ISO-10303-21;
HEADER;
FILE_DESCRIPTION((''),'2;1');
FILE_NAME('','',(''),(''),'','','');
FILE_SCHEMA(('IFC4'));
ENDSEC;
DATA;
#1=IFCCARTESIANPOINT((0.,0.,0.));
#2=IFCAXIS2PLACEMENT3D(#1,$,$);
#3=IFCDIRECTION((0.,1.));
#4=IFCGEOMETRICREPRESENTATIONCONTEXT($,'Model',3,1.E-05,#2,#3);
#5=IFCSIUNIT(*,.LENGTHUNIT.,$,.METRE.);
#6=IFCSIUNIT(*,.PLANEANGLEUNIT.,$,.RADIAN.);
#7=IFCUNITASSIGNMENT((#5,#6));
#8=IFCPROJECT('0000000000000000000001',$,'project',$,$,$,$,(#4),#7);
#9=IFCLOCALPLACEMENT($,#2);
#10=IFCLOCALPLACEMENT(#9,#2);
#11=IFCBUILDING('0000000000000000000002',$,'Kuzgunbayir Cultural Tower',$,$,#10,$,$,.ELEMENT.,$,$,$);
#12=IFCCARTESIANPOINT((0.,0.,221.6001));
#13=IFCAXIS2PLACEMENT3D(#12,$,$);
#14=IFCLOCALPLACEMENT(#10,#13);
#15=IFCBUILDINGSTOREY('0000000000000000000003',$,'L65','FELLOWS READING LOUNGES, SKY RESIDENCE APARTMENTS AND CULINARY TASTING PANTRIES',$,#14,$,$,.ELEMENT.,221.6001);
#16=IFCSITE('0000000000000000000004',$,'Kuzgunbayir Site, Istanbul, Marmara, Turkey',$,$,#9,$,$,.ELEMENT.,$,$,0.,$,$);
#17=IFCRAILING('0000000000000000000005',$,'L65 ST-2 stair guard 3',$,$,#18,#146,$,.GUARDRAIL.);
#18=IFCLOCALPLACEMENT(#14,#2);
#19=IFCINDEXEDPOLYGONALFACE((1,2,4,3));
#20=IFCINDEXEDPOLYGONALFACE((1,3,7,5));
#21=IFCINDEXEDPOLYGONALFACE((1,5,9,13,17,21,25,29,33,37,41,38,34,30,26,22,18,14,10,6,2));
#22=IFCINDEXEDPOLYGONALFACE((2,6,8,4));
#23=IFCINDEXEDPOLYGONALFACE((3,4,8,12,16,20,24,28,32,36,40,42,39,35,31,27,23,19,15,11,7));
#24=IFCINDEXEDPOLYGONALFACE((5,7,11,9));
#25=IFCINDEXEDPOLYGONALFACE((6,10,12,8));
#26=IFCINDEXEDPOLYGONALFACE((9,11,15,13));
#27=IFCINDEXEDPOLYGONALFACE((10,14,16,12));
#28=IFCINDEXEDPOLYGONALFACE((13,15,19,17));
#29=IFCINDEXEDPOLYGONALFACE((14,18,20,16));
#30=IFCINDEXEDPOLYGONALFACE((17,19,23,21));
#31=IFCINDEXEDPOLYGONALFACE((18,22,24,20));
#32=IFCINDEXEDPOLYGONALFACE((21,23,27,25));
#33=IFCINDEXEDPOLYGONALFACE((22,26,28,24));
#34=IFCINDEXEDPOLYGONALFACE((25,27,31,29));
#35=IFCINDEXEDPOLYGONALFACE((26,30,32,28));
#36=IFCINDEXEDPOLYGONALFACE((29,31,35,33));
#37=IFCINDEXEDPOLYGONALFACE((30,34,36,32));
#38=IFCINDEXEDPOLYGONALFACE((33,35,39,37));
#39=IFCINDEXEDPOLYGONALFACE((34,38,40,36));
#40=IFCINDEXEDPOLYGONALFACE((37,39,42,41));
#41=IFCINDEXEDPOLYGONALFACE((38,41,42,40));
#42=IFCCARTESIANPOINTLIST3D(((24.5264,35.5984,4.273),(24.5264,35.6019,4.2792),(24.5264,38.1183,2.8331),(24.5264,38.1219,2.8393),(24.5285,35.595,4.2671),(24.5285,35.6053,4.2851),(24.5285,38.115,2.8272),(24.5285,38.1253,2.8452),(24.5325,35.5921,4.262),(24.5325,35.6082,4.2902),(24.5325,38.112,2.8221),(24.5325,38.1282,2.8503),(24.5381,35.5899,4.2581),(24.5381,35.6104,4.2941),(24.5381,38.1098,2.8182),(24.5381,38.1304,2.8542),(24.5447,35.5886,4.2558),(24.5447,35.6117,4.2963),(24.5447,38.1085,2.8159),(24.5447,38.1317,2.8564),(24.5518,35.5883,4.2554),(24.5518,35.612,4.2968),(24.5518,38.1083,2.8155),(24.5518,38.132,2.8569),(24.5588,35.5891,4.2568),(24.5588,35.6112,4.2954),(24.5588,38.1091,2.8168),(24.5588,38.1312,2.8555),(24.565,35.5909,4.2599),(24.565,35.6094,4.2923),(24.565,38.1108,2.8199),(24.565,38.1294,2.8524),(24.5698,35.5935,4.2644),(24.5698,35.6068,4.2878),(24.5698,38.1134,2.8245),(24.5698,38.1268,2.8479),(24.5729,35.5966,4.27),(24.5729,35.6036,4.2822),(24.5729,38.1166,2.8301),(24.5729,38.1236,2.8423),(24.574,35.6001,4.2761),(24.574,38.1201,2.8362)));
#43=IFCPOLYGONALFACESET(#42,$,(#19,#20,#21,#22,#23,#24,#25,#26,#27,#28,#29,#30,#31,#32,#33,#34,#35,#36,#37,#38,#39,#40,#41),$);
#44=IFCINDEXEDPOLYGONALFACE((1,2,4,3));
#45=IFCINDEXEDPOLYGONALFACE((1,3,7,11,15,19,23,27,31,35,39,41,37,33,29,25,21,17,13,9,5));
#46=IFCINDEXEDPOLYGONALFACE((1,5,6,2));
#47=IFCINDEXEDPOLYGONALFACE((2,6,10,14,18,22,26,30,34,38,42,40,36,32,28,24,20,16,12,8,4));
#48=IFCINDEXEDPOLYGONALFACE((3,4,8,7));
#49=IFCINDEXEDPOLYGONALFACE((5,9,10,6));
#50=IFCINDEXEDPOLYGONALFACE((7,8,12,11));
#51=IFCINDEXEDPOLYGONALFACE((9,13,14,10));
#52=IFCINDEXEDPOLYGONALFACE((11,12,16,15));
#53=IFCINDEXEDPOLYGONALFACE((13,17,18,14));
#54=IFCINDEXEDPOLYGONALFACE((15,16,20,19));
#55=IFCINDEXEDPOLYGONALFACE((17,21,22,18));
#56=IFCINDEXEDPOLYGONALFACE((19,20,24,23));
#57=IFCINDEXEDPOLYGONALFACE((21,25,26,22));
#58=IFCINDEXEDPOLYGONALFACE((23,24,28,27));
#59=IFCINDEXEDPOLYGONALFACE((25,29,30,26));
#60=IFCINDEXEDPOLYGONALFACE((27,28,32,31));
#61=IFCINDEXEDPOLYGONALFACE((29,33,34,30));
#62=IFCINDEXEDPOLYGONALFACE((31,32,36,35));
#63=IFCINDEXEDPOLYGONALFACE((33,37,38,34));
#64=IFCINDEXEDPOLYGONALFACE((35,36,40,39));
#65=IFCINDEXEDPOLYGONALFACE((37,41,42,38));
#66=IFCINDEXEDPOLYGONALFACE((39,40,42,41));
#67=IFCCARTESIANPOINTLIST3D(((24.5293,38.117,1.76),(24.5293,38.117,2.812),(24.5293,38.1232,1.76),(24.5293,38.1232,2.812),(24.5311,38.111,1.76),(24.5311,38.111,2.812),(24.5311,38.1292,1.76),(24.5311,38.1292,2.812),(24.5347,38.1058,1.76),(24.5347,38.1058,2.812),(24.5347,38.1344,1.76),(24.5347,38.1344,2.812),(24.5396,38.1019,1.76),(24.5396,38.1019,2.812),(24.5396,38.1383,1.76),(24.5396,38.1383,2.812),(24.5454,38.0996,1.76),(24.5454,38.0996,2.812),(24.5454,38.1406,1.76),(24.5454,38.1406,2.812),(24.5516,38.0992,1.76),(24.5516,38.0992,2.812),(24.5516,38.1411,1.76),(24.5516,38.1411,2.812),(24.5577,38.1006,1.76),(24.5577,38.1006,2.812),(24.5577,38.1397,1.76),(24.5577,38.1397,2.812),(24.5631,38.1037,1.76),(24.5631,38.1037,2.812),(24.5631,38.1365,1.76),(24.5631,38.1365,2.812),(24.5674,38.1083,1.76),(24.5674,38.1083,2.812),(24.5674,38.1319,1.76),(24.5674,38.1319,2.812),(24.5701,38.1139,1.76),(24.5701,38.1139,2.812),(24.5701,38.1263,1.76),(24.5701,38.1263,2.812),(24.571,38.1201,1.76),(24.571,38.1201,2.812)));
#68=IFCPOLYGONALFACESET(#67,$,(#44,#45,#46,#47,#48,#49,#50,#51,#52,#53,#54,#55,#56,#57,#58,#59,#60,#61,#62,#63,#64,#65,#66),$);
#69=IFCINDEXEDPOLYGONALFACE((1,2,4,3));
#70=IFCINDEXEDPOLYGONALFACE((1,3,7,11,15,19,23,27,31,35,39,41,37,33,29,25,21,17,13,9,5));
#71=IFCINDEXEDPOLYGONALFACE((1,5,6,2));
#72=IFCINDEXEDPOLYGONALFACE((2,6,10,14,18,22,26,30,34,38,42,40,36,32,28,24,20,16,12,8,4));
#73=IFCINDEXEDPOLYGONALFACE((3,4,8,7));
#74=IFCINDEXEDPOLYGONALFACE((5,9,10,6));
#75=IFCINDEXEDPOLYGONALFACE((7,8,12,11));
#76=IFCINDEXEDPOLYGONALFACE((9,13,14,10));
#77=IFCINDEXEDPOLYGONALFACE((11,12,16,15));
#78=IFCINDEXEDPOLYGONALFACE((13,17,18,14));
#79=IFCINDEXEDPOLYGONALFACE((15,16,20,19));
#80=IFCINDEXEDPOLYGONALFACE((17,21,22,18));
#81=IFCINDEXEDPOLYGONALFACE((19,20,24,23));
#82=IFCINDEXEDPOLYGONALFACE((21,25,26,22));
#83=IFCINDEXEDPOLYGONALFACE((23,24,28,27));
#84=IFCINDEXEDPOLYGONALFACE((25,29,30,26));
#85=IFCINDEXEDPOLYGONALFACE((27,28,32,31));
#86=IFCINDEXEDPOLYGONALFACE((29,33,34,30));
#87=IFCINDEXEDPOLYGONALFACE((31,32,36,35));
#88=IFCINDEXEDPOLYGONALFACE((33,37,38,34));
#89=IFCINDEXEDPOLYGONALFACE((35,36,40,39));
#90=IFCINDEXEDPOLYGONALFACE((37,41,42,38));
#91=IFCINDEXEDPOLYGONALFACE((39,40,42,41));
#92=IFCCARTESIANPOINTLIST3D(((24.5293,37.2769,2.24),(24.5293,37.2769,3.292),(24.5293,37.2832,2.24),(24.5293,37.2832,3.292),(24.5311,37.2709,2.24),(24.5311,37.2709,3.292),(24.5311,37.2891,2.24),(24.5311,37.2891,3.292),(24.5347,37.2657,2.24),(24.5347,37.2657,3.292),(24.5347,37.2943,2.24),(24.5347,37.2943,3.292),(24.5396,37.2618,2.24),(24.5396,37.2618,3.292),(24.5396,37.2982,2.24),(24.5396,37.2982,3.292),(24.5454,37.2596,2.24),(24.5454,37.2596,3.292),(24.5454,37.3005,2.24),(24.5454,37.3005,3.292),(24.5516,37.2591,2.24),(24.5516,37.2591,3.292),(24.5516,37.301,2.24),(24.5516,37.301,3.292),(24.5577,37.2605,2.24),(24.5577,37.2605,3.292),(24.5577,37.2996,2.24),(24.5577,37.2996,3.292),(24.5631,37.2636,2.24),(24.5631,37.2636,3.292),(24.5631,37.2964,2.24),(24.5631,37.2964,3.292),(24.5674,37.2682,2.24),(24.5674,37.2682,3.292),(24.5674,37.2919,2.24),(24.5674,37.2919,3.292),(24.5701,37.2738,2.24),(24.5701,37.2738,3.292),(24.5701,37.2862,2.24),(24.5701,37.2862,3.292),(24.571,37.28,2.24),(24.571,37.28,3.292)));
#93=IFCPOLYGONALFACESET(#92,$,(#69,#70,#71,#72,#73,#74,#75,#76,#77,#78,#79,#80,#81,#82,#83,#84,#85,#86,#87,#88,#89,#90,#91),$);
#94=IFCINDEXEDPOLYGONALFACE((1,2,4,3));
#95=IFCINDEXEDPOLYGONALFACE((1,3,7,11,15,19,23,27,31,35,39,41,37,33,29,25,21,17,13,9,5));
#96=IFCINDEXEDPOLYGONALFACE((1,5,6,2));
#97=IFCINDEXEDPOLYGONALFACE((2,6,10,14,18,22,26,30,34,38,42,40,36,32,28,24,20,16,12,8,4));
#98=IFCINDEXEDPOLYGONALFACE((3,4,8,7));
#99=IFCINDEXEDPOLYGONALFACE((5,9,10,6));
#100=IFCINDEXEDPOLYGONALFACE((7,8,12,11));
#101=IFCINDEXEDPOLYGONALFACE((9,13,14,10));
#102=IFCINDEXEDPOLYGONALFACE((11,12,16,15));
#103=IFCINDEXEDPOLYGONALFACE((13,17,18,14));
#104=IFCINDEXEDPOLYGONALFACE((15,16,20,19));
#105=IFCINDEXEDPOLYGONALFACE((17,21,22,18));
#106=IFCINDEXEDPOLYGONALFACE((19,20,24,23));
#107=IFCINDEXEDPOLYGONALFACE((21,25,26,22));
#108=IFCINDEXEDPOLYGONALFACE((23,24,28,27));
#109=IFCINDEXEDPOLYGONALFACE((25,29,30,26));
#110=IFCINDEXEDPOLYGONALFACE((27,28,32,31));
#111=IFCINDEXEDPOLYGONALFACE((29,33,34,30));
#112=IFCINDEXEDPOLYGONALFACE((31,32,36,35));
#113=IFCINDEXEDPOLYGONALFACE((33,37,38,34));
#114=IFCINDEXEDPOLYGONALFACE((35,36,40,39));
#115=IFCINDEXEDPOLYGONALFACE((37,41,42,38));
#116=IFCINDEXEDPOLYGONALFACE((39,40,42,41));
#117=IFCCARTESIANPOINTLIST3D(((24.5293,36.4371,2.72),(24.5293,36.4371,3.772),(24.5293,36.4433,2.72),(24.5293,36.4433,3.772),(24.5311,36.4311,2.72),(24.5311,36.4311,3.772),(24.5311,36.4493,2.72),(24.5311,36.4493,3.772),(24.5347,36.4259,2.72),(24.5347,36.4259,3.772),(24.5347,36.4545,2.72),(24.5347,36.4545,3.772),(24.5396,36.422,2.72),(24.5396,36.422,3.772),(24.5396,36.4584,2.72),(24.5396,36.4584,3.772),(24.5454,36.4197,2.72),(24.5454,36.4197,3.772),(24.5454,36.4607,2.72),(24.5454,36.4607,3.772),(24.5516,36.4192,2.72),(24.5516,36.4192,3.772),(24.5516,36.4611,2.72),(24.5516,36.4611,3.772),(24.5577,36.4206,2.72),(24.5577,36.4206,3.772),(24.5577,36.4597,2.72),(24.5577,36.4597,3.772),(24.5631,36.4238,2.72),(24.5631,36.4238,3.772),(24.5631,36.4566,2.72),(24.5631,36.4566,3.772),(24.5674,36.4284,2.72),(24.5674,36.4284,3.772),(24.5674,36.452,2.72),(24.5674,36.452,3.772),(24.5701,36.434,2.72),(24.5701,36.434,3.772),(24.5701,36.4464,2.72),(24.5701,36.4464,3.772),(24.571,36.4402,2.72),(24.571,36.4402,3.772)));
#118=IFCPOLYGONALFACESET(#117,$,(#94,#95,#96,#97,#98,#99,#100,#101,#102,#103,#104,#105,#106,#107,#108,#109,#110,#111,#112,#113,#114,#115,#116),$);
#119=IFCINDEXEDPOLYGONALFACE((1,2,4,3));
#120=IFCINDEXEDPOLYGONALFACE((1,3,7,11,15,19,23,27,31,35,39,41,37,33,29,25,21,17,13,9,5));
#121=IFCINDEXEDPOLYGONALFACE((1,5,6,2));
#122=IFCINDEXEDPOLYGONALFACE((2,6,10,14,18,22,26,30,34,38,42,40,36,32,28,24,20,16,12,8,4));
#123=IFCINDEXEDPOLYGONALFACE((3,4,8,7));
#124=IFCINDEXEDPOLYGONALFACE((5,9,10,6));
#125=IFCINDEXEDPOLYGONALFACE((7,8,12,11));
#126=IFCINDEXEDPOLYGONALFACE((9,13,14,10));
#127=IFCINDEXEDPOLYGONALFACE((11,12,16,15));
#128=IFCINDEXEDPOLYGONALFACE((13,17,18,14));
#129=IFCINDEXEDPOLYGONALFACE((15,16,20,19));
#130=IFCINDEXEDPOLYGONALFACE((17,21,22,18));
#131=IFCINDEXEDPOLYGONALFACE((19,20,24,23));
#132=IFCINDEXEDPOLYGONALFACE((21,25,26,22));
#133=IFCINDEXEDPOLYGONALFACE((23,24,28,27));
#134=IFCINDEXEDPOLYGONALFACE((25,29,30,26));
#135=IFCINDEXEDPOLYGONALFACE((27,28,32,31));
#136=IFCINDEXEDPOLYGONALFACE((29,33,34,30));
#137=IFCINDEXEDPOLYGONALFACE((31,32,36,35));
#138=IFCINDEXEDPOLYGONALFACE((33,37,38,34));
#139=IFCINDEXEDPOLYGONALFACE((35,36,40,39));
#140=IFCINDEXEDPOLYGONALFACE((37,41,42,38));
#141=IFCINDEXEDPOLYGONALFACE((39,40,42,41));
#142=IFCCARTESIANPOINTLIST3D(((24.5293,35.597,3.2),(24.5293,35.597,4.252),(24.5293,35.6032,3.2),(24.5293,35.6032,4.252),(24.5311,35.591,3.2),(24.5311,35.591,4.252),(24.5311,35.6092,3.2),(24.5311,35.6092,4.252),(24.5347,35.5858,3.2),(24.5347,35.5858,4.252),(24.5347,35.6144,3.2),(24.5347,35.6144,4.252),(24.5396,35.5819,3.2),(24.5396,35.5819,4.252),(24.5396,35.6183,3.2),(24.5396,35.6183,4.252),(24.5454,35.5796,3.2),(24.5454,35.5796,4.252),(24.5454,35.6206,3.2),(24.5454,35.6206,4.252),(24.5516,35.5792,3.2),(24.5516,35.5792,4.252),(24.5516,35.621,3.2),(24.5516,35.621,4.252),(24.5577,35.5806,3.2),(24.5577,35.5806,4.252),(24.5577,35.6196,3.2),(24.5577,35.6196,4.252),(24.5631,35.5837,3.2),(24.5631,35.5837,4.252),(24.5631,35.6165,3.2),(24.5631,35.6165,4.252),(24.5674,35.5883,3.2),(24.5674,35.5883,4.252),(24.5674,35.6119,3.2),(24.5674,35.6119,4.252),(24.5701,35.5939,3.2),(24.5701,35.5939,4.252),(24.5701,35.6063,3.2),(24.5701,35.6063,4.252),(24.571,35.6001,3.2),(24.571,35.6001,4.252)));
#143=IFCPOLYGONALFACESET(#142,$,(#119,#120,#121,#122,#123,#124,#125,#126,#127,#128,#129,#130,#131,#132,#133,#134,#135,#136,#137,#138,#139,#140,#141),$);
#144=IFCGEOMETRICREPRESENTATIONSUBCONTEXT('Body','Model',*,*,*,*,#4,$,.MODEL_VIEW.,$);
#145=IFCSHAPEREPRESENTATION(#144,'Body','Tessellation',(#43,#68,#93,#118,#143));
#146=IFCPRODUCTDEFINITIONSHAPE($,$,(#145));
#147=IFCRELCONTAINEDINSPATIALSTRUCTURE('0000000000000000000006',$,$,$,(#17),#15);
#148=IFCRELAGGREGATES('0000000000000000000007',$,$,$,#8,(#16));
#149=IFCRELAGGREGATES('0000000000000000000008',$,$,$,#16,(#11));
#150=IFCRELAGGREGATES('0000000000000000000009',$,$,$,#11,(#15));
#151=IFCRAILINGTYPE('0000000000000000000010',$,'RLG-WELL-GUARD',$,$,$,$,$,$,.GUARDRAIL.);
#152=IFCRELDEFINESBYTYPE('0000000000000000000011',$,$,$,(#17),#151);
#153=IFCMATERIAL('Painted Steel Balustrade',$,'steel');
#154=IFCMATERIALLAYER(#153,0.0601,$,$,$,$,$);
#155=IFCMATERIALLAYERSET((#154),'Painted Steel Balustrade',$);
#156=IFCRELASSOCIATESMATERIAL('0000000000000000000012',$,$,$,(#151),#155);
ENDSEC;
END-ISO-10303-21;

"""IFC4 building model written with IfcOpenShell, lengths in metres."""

from ifc_helpers import new_model, si_unit, direction, frame, origin, origin_2d, place, context, subcontext, project, spatial, circle, extrude, material, layer, layer_set, type_object, element, save


model = new_model("IFC4")

# Units and contexts
model_context = context("Model", 3, precision=1e-05, world=origin(), true_north=direction((0.0, 1.0)))
body_context = subcontext(model_context, "Body", "Model", "MODEL_VIEW")
ifc_project = project(units=[si_unit("LENGTHUNIT", "METRE"), si_unit("PLANEANGLEUNIT", "RADIAN")], contexts=[model_context])

# Site, building, storey
site_placement = place(None, origin())
site = spatial("IfcSite", under=ifc_project, at=site_placement, Name="Kuzgunbayir Site, Istanbul, Marmara, Turkey", CompositionType="ELEMENT", RefElevation=0.0)
building_placement = place(site_placement, origin())
building = spatial("IfcBuilding", under=site, at=building_placement, Name="Kuzgunbayir Cultural Tower", CompositionType="ELEMENT")
storey_placement = place(building_placement, frame((0.0, 0.0, 221.6001)))
storey = spatial("IfcBuildingStorey", under=building, at=storey_placement, Name="L65", Description="FELLOWS READING LOUNGES, SKY RESIDENCE APARTMENTS AND CULINARY TASTING PANTRIES", CompositionType="ELEMENT", Elevation=221.6001)

# Railing
ifc_material_1 = material(Name="Painted Steel Balustrade", Category="steel")
ifc_layer_1 = layer(ifc_material_1, 0.0601)
ifc_layer_set_1 = layer_set([ifc_layer_1], Name="Painted Steel Balustrade")
railing_type_1 = type_object("IfcRailingType", Name="RLG-WELL-GUARD", PredefinedType="GUARDRAIL", material=ifc_layer_set_1)
railing_1_placement = place(storey_placement, frame((24.55, 38.1201, 1.76)))
element("IfcRailing", 1, at=railing_1_placement, inside=storey, type_object=railing_type_1, Name="L65 ST-2 stair guard 3", PredefinedType="GUARDRAIL", context=body_context, shape_type="SweptSolid", body=[
    extrude(circle(Radius=0.0239, at=origin_2d()), frame((0.0, 0.0, 1.0762), z_axis=(0.0, -0.868253, 0.496121), x_axis=(1.0, 0.0, 0.0)), (0.0, 0.0, 1.0), 2.9023),
    extrude(circle(Radius=0.021, at=origin_2d()), origin(), (0.0, 0.0, 1.0), 1.052),
    extrude(circle(Radius=0.021, at=origin_2d()), frame((0.0, -0.8401, 0.48)), (0.0, 0.0, 1.0), 1.052),
    extrude(circle(Radius=0.021, at=origin_2d()), frame((0.0, -1.6799, 0.96)), (0.0, 0.0, 1.0), 1.052),
    extrude(circle(Radius=0.021, at=origin_2d()), frame((0.0, -2.52, 1.4399)), (0.0, 0.0, 1.0), 1.052),
])

save(model, "model.ifc")
